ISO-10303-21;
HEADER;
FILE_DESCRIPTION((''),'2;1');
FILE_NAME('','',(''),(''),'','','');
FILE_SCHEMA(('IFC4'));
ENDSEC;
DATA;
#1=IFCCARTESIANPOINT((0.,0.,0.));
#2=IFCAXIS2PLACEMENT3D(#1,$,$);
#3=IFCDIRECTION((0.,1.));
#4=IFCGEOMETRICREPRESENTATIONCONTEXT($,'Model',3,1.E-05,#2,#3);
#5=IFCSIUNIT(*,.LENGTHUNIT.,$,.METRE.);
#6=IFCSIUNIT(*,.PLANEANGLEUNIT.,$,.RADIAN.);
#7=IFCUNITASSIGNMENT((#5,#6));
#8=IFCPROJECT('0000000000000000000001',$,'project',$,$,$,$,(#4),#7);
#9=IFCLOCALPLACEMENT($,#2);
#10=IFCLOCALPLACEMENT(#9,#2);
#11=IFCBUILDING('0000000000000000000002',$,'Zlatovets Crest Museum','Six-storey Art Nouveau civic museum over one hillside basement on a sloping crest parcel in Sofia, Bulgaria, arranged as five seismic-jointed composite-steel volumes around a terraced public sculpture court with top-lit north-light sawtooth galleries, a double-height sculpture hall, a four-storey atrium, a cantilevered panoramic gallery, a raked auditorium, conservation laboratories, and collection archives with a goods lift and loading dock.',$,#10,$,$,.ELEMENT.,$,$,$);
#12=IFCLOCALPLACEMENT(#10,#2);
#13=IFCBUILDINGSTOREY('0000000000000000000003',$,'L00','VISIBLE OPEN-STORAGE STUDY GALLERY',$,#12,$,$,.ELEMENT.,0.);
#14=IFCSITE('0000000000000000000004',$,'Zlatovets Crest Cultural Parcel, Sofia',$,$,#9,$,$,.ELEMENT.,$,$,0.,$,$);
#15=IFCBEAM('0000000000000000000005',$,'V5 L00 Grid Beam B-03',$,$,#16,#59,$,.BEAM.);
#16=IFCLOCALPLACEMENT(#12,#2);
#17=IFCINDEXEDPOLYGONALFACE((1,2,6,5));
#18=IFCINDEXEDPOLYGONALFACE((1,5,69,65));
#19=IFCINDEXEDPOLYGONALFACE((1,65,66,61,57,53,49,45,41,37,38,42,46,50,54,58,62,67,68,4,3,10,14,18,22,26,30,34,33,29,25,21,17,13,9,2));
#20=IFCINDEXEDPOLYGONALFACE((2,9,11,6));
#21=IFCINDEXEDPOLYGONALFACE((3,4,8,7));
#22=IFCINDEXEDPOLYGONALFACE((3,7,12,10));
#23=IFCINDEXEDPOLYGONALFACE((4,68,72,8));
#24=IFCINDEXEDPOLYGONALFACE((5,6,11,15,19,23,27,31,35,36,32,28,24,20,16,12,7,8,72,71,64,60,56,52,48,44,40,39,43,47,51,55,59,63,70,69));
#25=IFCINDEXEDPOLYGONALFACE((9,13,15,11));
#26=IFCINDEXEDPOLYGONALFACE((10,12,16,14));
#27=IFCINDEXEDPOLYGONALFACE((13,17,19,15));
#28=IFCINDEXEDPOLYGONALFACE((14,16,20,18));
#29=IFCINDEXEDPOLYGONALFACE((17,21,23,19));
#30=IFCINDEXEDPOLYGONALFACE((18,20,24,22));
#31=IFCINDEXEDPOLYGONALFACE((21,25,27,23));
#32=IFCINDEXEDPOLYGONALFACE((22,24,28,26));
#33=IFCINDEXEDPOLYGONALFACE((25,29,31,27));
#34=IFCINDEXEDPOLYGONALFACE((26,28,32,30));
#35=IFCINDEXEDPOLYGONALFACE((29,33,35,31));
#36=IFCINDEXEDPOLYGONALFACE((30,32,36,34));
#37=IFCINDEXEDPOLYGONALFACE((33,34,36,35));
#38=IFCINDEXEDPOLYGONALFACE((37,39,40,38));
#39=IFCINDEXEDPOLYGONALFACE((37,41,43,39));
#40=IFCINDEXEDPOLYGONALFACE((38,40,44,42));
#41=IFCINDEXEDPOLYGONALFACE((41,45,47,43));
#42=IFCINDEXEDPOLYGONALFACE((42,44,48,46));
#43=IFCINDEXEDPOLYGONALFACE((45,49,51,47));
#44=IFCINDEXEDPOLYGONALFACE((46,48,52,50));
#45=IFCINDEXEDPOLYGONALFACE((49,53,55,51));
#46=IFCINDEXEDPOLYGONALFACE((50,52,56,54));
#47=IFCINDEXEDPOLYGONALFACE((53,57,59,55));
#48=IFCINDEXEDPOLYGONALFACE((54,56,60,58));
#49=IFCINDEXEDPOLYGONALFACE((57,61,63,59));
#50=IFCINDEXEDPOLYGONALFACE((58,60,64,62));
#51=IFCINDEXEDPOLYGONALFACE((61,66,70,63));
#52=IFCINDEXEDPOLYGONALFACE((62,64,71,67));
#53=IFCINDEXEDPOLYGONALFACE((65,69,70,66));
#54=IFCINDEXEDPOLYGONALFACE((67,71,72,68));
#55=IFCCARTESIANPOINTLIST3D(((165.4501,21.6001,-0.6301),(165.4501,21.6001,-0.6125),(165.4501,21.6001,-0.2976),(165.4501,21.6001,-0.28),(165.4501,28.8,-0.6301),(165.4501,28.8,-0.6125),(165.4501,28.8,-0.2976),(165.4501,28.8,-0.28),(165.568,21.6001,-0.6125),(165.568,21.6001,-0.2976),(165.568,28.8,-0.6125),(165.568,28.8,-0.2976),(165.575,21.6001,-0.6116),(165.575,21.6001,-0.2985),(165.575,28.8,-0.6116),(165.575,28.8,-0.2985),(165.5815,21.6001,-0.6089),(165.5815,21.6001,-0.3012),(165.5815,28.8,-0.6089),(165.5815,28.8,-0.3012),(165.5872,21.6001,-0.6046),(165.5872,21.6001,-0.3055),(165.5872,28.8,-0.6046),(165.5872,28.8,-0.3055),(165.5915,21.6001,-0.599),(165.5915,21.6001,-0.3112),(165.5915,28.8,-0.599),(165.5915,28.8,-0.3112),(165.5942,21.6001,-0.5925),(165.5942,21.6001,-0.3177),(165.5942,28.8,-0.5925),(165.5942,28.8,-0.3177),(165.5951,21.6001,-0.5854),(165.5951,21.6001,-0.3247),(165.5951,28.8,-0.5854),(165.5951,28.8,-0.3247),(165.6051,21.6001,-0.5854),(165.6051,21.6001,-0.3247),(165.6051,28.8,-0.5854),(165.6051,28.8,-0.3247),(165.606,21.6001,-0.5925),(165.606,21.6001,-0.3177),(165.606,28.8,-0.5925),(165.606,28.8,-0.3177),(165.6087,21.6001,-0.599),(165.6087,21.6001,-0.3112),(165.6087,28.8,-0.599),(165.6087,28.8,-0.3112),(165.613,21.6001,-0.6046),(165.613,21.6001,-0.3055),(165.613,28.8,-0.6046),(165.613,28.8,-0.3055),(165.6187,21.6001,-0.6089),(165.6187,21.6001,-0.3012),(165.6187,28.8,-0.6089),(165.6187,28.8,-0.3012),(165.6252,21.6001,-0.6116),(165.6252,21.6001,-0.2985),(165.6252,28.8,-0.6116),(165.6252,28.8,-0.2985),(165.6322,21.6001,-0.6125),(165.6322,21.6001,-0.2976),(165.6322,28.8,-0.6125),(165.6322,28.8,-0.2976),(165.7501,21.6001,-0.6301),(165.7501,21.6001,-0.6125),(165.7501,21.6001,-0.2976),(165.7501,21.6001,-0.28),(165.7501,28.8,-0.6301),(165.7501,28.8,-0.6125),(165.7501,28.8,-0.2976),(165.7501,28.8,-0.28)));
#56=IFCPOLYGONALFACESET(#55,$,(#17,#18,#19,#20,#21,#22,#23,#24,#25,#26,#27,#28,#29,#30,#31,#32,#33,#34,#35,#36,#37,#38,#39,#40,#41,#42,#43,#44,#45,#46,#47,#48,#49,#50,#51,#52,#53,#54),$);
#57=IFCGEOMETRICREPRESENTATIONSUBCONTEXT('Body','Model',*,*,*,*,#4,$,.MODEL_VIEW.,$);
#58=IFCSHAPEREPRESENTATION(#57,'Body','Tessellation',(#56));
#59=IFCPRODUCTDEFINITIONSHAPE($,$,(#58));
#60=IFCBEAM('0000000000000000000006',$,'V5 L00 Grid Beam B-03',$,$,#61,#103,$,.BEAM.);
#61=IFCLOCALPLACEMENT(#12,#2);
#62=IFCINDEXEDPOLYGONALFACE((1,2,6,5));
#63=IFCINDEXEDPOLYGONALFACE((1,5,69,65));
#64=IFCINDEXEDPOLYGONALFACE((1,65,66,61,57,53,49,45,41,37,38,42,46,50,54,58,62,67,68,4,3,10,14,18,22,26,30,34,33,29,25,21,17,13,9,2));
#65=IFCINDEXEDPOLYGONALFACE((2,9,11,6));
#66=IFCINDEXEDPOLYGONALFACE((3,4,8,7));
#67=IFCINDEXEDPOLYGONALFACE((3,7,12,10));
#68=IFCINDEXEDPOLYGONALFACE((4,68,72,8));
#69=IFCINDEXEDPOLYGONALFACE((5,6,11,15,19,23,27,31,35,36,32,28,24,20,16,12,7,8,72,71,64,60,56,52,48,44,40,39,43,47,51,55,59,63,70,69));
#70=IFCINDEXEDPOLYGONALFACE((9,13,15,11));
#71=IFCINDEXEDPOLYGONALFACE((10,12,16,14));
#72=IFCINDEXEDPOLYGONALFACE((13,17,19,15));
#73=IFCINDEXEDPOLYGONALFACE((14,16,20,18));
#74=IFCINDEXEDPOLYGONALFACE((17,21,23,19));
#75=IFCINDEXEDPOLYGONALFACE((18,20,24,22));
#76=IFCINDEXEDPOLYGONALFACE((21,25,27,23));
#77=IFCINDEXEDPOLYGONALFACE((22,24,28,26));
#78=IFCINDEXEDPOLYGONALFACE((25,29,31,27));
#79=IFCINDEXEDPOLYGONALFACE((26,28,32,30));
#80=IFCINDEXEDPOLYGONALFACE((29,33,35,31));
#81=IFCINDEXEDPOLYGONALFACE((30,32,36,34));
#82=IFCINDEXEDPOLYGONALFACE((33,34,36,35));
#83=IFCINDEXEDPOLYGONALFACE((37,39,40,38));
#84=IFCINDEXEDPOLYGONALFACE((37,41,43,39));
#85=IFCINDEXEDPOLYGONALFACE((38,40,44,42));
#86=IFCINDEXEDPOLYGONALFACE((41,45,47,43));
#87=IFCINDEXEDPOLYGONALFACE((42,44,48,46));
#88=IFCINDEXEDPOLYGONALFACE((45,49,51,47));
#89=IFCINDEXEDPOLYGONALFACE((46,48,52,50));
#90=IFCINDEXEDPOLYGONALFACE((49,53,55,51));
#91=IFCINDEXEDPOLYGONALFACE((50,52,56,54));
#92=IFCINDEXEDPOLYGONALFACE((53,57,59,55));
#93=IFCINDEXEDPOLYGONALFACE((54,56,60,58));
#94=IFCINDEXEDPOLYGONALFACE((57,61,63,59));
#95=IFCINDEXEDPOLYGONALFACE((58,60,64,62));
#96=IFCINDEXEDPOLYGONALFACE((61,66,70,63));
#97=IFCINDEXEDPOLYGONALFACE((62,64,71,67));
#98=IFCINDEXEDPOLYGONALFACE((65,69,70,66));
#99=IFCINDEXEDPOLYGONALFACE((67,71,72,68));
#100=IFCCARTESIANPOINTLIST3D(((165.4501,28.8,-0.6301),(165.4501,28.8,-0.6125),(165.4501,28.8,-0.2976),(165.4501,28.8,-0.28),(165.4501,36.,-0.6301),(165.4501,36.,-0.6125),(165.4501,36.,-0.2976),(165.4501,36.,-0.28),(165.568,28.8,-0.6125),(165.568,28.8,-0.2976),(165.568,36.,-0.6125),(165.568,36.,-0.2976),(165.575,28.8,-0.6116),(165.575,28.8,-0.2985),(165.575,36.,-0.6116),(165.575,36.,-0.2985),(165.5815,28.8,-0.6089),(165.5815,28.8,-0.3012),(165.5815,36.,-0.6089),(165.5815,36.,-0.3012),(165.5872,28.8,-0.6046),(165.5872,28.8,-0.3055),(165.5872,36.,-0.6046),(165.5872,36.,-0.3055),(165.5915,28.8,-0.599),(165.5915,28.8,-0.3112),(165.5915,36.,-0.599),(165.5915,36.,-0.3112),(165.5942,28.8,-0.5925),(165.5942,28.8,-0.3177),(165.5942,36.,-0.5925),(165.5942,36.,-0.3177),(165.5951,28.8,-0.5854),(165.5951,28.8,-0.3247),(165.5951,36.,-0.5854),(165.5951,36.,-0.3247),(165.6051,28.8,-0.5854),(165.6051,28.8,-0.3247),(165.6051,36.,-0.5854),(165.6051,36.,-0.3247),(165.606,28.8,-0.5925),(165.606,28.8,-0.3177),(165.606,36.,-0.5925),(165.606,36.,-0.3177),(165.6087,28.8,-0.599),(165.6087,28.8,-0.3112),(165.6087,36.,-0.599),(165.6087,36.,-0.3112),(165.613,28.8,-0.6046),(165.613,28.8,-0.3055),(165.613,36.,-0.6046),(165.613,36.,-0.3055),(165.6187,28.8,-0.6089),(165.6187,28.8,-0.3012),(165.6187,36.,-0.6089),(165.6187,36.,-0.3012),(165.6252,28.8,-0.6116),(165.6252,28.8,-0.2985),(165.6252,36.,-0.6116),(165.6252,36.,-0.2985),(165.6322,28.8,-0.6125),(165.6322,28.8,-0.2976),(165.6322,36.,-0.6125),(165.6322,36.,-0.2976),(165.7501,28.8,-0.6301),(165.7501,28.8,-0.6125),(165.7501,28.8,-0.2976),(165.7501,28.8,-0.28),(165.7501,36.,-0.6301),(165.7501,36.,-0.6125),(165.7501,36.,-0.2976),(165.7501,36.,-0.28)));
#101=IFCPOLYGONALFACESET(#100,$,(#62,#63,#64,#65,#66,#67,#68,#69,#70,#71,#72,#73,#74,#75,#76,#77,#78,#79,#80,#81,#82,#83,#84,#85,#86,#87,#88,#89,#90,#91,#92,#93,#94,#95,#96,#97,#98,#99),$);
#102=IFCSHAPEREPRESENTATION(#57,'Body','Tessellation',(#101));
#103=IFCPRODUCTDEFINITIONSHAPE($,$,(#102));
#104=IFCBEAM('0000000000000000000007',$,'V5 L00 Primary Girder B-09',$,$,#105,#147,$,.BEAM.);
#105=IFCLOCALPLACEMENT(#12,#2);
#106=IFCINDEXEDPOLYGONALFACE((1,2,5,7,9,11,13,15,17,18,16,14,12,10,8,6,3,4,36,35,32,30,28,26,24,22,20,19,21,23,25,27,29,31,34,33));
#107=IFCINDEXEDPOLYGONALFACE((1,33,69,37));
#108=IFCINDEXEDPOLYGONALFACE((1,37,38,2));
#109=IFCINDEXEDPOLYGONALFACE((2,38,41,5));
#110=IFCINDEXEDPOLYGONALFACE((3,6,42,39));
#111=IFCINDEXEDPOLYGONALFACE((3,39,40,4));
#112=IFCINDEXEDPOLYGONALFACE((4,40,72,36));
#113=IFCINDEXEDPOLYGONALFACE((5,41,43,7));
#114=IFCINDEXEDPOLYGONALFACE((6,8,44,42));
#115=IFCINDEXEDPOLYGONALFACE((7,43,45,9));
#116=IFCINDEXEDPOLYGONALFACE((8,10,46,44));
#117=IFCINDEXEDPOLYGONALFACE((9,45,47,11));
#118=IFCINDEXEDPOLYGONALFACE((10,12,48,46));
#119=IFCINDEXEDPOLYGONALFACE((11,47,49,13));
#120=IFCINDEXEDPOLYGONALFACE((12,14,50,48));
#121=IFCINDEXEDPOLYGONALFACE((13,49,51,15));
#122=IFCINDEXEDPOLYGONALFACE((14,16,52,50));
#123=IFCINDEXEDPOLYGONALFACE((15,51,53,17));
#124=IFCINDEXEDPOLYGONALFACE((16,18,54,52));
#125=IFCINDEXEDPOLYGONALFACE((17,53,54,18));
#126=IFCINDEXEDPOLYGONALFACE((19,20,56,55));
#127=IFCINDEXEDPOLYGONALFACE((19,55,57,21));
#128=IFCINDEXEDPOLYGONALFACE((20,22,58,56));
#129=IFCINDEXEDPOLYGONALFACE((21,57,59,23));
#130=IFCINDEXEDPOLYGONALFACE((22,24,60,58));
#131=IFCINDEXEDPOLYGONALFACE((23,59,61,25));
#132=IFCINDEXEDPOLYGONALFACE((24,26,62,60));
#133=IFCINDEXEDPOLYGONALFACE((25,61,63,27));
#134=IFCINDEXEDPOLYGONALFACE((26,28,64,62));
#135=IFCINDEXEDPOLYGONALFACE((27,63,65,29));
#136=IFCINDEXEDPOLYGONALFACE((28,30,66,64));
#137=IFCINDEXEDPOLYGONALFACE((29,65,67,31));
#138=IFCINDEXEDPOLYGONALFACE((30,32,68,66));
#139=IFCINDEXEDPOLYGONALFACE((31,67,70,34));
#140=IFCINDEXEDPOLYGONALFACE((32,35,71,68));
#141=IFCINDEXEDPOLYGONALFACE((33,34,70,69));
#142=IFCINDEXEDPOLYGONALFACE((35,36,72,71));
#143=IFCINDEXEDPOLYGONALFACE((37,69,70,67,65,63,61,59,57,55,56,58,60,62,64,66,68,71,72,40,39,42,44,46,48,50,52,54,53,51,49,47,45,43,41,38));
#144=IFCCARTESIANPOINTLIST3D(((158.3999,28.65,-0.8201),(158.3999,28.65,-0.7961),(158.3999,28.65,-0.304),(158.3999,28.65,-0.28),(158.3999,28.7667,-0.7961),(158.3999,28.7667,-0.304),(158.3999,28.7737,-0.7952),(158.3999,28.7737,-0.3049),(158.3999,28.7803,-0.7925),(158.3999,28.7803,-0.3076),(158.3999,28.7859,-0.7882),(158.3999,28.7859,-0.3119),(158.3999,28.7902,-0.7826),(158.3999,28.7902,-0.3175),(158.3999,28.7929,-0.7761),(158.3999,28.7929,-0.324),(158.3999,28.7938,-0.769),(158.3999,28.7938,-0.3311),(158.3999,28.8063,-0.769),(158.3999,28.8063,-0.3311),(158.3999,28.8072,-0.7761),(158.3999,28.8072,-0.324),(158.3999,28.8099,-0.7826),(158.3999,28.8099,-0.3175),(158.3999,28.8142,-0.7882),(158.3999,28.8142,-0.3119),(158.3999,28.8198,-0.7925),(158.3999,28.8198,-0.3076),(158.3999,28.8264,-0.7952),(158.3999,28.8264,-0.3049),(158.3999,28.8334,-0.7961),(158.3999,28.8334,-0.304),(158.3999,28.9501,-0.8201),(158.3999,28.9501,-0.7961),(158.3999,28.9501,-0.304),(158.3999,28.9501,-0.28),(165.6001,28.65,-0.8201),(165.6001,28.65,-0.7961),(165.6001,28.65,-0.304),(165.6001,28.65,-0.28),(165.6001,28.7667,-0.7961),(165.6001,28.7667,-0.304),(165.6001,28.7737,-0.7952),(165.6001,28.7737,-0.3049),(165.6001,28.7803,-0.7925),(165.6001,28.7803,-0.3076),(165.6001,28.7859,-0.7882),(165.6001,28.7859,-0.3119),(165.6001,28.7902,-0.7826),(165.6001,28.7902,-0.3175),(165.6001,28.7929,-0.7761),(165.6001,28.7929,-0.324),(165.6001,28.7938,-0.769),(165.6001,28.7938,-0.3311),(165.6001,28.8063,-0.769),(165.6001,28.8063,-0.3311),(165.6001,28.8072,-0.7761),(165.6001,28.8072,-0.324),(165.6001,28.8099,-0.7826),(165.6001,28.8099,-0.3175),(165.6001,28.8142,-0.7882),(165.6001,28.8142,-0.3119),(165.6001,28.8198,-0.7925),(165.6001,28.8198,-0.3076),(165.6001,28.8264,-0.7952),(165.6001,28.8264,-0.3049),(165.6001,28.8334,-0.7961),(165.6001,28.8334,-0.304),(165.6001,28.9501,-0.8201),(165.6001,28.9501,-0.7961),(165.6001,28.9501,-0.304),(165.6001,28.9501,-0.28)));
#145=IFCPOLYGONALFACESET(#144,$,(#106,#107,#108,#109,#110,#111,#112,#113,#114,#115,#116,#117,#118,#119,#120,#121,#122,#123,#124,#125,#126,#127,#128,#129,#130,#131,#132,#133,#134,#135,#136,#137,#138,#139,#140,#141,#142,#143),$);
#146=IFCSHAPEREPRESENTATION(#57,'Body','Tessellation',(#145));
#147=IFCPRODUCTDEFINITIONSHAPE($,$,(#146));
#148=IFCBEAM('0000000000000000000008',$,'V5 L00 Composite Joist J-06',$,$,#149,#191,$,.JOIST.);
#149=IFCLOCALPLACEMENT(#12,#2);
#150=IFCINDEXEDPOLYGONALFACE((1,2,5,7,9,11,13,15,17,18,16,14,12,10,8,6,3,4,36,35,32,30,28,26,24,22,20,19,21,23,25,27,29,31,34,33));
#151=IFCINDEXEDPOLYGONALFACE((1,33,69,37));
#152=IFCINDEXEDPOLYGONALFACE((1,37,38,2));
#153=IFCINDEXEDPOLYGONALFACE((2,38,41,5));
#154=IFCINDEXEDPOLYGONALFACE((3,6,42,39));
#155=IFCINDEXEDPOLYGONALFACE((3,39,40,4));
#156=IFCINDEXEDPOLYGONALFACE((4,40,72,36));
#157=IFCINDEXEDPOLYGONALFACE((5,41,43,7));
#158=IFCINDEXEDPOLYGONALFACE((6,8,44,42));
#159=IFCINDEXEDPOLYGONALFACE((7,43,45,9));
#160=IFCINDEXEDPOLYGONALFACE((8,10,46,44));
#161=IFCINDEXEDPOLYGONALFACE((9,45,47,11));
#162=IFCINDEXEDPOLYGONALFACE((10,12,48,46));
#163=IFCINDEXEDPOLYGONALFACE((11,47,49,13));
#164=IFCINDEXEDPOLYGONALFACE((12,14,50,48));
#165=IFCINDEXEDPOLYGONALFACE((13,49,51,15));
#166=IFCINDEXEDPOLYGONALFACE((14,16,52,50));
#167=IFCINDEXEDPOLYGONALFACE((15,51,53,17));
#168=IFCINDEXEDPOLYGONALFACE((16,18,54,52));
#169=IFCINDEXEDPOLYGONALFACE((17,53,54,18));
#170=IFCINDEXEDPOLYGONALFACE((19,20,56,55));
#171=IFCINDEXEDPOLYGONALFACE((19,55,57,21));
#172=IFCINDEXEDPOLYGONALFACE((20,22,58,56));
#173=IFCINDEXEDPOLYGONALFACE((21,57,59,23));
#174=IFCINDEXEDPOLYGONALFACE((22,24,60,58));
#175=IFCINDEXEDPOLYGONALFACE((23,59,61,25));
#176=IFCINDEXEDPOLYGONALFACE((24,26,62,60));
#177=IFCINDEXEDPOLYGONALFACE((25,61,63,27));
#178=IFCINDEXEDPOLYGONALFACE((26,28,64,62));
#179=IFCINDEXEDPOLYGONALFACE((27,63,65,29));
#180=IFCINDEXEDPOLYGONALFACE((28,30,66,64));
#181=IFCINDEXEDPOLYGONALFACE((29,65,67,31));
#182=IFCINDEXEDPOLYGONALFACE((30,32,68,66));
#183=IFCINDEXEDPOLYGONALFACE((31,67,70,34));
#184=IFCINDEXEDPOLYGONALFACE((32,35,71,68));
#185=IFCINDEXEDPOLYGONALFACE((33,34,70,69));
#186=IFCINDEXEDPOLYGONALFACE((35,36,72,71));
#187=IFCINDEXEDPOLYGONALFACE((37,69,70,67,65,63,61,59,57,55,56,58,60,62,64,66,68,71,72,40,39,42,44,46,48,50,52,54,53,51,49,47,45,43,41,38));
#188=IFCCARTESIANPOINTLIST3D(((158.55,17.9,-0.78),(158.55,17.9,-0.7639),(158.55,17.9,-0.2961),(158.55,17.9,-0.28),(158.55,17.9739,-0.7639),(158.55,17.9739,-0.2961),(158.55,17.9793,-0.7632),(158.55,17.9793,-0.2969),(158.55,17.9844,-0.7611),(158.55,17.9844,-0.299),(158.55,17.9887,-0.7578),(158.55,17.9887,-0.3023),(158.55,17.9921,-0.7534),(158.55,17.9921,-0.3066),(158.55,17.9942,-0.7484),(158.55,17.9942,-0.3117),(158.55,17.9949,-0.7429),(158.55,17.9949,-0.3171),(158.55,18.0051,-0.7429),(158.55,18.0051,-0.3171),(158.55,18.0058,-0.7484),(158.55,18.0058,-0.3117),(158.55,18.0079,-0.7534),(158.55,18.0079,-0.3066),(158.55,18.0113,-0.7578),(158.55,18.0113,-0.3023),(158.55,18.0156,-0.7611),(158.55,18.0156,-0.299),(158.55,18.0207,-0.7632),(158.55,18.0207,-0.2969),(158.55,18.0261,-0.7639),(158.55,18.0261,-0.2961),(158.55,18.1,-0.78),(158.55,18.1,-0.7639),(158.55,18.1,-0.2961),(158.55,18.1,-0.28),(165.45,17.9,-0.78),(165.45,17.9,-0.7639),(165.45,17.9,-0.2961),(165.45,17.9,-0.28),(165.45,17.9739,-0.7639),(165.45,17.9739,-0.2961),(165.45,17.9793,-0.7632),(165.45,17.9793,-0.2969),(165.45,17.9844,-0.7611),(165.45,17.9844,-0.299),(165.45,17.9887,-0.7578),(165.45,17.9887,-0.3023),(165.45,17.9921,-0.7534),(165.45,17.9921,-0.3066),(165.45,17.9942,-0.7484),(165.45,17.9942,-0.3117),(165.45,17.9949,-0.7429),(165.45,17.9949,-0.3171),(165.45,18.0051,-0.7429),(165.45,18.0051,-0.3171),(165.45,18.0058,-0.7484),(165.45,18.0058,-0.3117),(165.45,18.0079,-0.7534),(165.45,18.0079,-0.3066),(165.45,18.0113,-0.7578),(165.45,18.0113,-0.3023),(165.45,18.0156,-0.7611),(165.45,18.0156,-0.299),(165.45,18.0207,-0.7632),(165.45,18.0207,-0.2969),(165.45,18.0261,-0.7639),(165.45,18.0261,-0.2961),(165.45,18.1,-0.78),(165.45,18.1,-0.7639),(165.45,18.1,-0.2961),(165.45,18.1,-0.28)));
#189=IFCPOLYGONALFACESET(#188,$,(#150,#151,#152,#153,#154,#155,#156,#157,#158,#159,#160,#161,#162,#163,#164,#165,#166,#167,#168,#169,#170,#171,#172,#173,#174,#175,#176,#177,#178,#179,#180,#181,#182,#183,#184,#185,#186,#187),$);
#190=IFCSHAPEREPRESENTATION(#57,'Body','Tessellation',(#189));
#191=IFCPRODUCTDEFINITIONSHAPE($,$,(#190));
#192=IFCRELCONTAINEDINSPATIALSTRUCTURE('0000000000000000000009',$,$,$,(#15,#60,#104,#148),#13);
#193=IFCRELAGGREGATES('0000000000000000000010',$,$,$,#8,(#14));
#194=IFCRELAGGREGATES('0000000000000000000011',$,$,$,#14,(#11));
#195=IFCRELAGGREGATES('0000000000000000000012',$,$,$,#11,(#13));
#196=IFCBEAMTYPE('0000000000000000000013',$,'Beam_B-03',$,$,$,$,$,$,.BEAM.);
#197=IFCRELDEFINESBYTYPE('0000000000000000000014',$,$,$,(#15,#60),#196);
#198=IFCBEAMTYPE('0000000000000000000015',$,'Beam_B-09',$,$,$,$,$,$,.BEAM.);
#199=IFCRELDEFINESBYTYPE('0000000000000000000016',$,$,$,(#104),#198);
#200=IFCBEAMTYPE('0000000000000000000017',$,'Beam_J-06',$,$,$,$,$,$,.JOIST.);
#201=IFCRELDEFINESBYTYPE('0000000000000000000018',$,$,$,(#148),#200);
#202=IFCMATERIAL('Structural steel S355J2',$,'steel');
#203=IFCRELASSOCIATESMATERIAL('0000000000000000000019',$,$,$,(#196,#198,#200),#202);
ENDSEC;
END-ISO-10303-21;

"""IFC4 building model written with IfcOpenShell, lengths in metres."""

from ifc_helpers import new_model, si_unit, direction, frame, origin, origin_2d, place, context, subcontext, project, spatial, i_section, extrude, material, material_profile, profile_set, type_object, element, save


model = new_model("IFC4")

# Units and contexts
model_context = context("Model", 3, precision=1e-05, world=origin(), true_north=direction((0.0, 1.0)))
body_context = subcontext(model_context, "Body", "Model", "MODEL_VIEW")
ifc_project = project(units=[si_unit("LENGTHUNIT", "METRE"), si_unit("PLANEANGLEUNIT", "RADIAN")], contexts=[model_context])

# Site, building, storey
site_placement = place(None, origin())
site = spatial("IfcSite", under=ifc_project, at=site_placement, Name="Zlatovets Crest Cultural Parcel, Sofia", CompositionType="ELEMENT", RefElevation=0.0)
building_placement = place(site_placement, origin())
building = spatial("IfcBuilding", under=site, at=building_placement, Name="Zlatovets Crest Museum", Description="Six-storey Art Nouveau civic museum over one hillside basement on a sloping crest parcel in Sofia, Bulgaria, arranged as five seismic-jointed composite-steel volumes around a terraced public sculpture court with top-lit north-light sawtooth galleries, a double-height sculpture hall, a four-storey atrium, a cantilevered panoramic gallery, a raked auditorium, conservation laboratories, and collection archives with a goods lift and loading dock.", CompositionType="ELEMENT")
storey_placement = place(building_placement, origin())
storey = spatial("IfcBuildingStorey", under=building, at=storey_placement, Name="L00", Description="VISIBLE OPEN-STORAGE STUDY GALLERY", CompositionType="ELEMENT", Elevation=0.0)

# Shared definitions
ifc_material_1 = material(Name="Structural steel S355J2", Category="steel")

# Beams
ifc_material_profile_1 = material_profile(ifc_material_1, i_section(OverallWidth=0.3, OverallDepth=0.3501, WebThickness=0.01, FlangeThickness=0.0176, FilletRadius=0.0271, at=origin_2d()), Name="HEA 360")
ifc_profile_set_1 = profile_set([ifc_material_profile_1], Name="Structural steel S355J2")
beam_type_1 = type_object("IfcBeamType", Name="Beam_B-03", PredefinedType="BEAM", material=ifc_profile_set_1)
for number, where, z_axis, x_axis, name in (
    (1, (165.6001, 21.6001, -0.4551), (0.0, 1.0, 0.0), (-1.0, 0.0, 0.0), "V5 L00 Grid Beam B-03"),
    (2, (165.6001, 28.8, -0.4551), (0.0, 1.0, 0.0), (-1.0, 0.0, 0.0), "V5 L00 Grid Beam B-03"),
):
    element("IfcBeam", number, at=place(storey_placement, frame(where, z_axis=z_axis, x_axis=x_axis)), inside=storey, type_object=beam_type_1, Name=name, PredefinedType="BEAM", context=body_context, shape_type="SweptSolid", body=[
        extrude(i_section(OverallWidth=0.3, OverallDepth=0.3501, WebThickness=0.01, FlangeThickness=0.0176, FilletRadius=0.0271, at=origin_2d()), origin(), (0.0, 0.0, 1.0), 7.2),
    ])
ifc_material_profile_2 = material_profile(ifc_material_1, i_section(OverallWidth=0.3, OverallDepth=0.54, WebThickness=0.0125, FlangeThickness=0.0239, FilletRadius=0.0271, at=origin_2d()), Name="HEA 550")
ifc_profile_set_2 = profile_set([ifc_material_profile_2], Name="Structural steel S355J2")
beam_type_2 = type_object("IfcBeamType", Name="Beam_B-09", PredefinedType="BEAM", material=ifc_profile_set_2)
beam_1_placement = place(storey_placement, frame((158.3999, 28.8, -0.55), z_axis=(1.0, 0.0, 0.0), x_axis=(0.0, 1.0, 0.0)))
element("IfcBeam", 3, at=beam_1_placement, inside=storey, type_object=beam_type_2, Name="V5 L00 Primary Girder B-09", PredefinedType="BEAM", context=body_context, shape_type="SweptSolid", body=[
    extrude(i_section(OverallWidth=0.3, OverallDepth=0.54, WebThickness=0.0125, FlangeThickness=0.0239, FilletRadius=0.0271, at=origin_2d()), origin(), (0.0, 0.0, 1.0), 7.2002),
])
ifc_material_profile_3 = material_profile(ifc_material_1, i_section(OverallWidth=0.2, OverallDepth=0.5, WebThickness=0.0103, FlangeThickness=0.0161, FilletRadius=0.021, at=origin_2d()), Name="IPE 500")
ifc_profile_set_3 = profile_set([ifc_material_profile_3], Name="Structural steel S355J2")
beam_type_3 = type_object("IfcBeamType", Name="Beam_J-06", PredefinedType="JOIST", material=ifc_profile_set_3)
for number, where, z_axis, x_axis, name in (
    (4, (158.55, 18.0, -0.53), (1.0, 0.0, 0.0), (0.0, 1.0, 0.0), "V5 L00 Composite Joist J-06"),
):
    element("IfcBeam", number, at=place(storey_placement, frame(where, z_axis=z_axis, x_axis=x_axis)), inside=storey, type_object=beam_type_3, Name=name, PredefinedType="JOIST", context=body_context, shape_type="SweptSolid", body=[
        extrude(i_section(OverallWidth=0.2, OverallDepth=0.5, WebThickness=0.0103, FlangeThickness=0.0161, FilletRadius=0.021, at=origin_2d()), origin(), (0.0, 0.0, 1.0), 6.8999),
    ])

save(model, "model.ifc")
